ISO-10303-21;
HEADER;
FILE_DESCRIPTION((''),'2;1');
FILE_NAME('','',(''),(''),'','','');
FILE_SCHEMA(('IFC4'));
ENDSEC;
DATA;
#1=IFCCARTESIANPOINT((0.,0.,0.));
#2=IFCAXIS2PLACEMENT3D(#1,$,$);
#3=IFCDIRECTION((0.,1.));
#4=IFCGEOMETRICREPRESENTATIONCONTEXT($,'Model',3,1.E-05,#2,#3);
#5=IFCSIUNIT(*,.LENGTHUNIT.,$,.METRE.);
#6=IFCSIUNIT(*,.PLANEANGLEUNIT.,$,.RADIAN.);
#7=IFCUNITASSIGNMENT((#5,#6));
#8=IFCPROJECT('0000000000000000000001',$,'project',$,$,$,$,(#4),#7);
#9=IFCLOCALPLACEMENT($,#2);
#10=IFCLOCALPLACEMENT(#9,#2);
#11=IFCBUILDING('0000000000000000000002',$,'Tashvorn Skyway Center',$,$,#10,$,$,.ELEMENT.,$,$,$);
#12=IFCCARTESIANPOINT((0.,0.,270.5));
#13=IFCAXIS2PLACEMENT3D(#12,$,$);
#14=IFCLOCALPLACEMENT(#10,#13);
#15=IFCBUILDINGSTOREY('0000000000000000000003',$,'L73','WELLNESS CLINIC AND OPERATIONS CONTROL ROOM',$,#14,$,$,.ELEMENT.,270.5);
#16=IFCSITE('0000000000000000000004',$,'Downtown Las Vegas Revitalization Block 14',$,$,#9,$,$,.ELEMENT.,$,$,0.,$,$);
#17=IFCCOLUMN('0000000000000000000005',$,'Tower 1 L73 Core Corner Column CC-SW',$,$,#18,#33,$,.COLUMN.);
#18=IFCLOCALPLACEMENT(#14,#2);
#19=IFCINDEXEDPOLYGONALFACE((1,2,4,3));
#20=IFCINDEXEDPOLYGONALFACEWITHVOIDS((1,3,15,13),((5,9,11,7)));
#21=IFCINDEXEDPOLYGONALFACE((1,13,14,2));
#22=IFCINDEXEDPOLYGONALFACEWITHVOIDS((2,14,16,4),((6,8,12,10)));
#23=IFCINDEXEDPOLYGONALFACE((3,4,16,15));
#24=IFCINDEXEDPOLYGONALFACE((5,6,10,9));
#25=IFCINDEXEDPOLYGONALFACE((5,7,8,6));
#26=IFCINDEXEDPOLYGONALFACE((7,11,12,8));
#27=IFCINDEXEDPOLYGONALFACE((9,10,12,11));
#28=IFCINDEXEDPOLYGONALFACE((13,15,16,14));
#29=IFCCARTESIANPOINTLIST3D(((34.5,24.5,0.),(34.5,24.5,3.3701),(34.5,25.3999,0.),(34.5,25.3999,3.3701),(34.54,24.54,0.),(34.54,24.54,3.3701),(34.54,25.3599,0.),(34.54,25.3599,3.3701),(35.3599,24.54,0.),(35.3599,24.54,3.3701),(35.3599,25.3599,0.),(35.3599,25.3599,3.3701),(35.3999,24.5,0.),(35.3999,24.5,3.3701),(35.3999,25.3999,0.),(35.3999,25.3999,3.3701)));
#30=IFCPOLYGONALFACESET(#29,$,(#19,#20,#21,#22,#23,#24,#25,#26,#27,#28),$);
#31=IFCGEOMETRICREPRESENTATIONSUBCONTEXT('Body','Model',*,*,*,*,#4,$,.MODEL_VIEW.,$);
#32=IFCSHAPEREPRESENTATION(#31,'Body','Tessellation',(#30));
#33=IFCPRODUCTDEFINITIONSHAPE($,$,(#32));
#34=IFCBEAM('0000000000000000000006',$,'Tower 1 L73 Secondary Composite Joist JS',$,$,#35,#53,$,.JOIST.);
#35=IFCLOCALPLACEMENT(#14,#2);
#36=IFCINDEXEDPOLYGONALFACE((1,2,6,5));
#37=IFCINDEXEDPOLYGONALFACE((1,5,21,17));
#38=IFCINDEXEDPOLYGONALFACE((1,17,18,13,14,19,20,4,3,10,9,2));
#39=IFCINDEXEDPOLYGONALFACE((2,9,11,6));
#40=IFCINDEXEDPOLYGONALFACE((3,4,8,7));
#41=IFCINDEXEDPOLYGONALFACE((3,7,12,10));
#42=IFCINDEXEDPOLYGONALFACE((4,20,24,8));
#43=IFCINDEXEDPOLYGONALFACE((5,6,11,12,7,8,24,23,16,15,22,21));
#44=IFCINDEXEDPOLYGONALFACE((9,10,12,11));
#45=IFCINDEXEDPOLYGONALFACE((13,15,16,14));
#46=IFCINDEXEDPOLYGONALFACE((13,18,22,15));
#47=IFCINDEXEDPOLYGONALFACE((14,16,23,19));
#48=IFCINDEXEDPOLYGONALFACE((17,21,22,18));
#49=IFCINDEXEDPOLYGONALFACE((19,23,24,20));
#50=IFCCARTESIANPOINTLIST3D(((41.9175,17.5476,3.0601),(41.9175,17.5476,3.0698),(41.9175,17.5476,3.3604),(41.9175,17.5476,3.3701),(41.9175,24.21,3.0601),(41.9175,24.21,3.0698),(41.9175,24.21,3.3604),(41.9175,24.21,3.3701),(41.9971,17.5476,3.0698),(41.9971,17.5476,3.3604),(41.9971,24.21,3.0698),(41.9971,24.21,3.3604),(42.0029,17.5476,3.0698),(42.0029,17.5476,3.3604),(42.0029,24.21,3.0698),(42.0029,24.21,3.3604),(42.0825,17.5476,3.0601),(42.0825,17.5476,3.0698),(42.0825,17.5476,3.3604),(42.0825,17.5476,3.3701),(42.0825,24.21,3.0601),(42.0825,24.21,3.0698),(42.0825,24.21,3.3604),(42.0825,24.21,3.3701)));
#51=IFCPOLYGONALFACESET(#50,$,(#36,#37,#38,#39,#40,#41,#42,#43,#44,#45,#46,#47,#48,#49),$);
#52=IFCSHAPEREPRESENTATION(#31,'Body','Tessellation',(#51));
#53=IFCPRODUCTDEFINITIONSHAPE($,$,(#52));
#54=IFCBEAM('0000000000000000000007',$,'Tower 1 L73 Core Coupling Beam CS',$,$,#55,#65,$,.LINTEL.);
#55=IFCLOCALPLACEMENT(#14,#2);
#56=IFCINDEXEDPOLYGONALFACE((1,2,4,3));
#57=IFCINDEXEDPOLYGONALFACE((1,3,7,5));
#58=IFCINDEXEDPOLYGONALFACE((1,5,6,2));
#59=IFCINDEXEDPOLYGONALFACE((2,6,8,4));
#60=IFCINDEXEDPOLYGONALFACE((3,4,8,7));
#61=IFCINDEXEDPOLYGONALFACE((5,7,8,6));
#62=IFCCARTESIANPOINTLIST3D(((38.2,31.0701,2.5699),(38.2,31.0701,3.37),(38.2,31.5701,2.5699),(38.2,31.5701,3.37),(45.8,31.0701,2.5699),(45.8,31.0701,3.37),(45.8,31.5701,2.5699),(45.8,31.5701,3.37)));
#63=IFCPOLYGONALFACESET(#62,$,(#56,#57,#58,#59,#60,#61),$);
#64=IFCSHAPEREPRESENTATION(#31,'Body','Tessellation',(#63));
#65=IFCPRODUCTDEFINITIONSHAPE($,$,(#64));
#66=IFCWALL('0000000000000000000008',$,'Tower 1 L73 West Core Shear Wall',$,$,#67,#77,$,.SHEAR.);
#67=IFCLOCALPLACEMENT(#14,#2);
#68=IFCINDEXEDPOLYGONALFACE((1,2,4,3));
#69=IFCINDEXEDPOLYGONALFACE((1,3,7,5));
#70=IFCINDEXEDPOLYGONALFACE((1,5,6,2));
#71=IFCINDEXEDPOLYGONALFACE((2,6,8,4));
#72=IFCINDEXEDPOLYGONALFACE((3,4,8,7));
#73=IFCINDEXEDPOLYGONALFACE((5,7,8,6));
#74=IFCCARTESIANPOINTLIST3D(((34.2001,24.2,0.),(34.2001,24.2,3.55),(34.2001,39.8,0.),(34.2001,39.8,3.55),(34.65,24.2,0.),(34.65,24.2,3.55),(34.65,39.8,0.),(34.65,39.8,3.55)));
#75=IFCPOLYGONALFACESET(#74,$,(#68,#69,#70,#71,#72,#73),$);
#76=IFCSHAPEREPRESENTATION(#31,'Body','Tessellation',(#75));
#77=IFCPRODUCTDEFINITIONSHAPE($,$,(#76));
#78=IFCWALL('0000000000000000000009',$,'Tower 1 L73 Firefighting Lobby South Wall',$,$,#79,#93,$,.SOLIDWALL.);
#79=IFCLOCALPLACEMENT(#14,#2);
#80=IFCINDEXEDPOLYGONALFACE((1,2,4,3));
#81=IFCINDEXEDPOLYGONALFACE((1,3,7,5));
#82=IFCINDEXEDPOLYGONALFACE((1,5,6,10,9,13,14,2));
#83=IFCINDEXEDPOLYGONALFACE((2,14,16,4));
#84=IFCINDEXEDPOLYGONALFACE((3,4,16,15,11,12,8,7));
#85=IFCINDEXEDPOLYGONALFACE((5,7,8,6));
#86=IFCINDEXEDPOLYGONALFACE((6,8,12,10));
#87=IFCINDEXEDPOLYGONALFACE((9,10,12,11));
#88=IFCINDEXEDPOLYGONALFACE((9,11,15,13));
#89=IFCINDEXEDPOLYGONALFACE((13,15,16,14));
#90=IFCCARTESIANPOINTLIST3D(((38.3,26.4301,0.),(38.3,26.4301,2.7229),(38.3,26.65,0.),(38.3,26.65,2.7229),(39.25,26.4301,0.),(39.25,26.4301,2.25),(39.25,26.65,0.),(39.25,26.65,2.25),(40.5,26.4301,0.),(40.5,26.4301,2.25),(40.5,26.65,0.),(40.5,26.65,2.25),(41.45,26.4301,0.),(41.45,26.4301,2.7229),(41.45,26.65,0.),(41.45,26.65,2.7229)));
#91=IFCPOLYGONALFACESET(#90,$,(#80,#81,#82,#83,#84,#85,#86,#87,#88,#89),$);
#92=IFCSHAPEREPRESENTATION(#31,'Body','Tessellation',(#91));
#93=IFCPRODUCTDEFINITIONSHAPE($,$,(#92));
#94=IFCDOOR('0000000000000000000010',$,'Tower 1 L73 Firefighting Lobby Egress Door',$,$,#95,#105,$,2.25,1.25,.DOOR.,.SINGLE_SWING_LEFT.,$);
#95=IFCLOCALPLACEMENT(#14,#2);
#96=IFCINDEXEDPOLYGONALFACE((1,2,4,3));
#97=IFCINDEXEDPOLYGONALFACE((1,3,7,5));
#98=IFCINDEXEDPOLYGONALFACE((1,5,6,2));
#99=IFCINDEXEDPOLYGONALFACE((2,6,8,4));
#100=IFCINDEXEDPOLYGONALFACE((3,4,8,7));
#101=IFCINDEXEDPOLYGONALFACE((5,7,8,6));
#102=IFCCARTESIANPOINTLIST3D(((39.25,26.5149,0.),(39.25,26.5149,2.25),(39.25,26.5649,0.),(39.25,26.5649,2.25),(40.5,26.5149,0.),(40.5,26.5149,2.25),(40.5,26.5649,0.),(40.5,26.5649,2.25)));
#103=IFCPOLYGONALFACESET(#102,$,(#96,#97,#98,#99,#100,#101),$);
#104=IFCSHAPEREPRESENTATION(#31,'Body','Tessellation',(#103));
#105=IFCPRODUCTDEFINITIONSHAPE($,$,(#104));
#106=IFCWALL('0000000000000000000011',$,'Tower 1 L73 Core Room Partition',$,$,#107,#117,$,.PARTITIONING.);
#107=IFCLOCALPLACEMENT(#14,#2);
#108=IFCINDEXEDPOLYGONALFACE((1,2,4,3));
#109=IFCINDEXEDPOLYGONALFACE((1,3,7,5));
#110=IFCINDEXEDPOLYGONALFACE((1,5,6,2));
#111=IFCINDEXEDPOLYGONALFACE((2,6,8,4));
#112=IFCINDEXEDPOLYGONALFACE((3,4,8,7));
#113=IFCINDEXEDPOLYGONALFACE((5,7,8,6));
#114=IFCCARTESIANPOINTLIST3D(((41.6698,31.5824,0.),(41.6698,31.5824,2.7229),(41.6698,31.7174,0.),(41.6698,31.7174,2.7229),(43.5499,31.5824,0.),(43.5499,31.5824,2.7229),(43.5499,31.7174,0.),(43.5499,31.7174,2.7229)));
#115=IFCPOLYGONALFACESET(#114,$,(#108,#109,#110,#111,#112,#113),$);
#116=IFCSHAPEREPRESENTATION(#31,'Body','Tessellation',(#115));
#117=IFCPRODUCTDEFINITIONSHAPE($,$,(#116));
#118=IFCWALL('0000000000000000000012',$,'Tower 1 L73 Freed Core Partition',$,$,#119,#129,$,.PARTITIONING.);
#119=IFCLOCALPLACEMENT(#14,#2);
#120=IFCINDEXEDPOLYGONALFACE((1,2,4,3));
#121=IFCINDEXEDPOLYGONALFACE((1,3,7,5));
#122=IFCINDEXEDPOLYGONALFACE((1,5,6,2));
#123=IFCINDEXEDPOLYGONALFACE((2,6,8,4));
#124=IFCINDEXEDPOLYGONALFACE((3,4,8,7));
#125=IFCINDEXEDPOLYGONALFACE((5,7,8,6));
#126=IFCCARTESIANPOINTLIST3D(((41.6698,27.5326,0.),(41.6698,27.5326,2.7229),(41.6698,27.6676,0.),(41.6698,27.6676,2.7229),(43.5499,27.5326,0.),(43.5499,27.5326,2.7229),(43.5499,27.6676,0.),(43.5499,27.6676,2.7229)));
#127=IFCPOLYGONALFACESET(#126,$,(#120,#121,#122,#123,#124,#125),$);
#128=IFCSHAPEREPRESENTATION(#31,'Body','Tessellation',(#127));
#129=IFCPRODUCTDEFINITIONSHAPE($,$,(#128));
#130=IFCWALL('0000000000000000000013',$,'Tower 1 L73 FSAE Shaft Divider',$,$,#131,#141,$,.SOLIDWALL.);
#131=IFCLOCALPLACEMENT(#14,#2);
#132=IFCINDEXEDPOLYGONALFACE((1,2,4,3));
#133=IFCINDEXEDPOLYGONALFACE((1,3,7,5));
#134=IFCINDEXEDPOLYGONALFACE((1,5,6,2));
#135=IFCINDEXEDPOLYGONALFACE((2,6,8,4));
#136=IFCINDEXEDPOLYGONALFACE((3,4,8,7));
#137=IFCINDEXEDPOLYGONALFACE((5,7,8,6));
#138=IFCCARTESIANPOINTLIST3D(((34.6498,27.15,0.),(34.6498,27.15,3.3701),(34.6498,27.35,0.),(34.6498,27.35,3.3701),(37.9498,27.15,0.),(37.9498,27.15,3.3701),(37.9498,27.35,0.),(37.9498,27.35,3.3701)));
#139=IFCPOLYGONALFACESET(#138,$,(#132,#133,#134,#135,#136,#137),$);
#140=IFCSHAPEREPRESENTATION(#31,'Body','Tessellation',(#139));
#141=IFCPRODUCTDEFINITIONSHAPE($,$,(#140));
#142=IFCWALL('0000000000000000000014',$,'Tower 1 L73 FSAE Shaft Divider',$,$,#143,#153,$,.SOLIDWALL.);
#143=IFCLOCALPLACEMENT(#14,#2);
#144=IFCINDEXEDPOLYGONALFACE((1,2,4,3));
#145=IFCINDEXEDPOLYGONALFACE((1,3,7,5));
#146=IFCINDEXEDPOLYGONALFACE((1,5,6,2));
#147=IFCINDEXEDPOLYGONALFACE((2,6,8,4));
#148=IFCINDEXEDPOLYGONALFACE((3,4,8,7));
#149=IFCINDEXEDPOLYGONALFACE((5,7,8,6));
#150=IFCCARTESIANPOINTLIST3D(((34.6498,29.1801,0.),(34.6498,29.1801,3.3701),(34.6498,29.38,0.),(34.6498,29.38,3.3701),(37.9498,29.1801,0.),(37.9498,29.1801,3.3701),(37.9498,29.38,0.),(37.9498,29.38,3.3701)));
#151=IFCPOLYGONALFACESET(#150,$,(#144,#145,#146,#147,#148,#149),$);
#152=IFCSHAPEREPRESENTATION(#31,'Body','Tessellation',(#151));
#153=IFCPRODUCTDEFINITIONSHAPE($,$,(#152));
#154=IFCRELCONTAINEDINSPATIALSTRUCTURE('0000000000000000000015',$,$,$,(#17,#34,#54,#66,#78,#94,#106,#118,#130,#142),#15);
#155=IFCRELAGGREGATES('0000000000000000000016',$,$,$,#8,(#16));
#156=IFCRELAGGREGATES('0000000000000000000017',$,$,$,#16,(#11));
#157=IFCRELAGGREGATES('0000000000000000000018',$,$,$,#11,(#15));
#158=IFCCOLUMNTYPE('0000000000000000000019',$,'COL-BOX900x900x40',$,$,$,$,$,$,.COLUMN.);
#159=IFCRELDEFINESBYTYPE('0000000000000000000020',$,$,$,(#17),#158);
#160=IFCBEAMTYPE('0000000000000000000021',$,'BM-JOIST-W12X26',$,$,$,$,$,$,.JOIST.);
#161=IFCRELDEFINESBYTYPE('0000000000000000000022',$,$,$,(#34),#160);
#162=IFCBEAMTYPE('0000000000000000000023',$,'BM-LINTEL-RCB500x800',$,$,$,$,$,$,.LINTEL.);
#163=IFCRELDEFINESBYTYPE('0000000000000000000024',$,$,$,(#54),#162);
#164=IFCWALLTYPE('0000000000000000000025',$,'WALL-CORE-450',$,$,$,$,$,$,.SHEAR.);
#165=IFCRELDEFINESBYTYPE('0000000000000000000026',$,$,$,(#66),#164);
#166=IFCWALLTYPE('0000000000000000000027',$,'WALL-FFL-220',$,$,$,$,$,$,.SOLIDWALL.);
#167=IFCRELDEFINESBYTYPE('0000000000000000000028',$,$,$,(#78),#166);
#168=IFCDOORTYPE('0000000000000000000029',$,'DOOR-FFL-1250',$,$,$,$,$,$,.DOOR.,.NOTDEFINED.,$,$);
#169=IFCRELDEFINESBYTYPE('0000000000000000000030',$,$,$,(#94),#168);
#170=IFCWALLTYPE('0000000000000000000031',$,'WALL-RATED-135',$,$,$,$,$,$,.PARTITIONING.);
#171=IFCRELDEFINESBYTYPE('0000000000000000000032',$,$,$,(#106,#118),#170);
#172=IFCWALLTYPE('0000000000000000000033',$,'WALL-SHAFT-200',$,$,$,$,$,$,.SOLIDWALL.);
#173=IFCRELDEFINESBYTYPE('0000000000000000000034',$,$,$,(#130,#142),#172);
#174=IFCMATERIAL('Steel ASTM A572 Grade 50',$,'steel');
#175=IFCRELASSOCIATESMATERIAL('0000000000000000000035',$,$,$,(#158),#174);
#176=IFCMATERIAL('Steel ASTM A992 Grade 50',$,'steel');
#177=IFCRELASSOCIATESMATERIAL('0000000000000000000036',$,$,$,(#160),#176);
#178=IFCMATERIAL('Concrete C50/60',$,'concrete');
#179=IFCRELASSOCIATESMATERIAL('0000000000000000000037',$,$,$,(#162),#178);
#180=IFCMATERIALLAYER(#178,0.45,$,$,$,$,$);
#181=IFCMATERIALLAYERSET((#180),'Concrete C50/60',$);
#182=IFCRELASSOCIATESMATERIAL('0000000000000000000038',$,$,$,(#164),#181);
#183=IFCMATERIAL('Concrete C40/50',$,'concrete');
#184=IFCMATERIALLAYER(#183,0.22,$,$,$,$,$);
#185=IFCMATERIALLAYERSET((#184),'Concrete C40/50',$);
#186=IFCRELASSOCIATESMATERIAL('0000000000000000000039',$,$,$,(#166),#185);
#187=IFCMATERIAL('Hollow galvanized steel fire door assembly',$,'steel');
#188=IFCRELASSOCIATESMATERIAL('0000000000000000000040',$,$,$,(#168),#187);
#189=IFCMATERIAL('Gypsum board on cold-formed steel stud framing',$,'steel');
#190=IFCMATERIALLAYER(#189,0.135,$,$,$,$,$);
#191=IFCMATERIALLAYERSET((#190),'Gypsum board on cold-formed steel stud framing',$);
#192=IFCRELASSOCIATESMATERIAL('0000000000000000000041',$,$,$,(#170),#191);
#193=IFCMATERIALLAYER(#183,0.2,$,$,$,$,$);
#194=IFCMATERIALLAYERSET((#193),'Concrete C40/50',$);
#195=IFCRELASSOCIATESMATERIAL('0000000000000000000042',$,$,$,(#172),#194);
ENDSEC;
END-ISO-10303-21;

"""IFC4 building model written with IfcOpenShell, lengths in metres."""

from ifc_helpers import new_model, si_unit, direction, frame, frame_2d, origin, origin_2d, place, context, subcontext, project, spatial, rectangle, hollow_rectangle, i_section, extrude, material, layer, layer_set, material_profile, profile_set, type_object, element, fill, save


model = new_model("IFC4")

# Units and contexts
model_context = context("Model", 3, precision=1e-05, world=origin(), true_north=direction((0.0, 1.0)))
body_context = subcontext(model_context, "Body", "Model", "MODEL_VIEW")
ifc_project = project(units=[si_unit("LENGTHUNIT", "METRE"), si_unit("PLANEANGLEUNIT", "RADIAN")], contexts=[model_context])

# Site, building, storey
site_placement = place(None, origin())
site = spatial("IfcSite", under=ifc_project, at=site_placement, Name="Downtown Las Vegas Revitalization Block 14", CompositionType="ELEMENT", RefElevation=0.0)
building_placement = place(site_placement, origin())
building = spatial("IfcBuilding", under=site, at=building_placement, Name="Tashvorn Skyway Center", CompositionType="ELEMENT")
storey_placement = place(building_placement, frame((0.0, 0.0, 270.5)))
storey = spatial("IfcBuildingStorey", under=building, at=storey_placement, Name="L73", Description="WELLNESS CLINIC AND OPERATIONS CONTROL ROOM", CompositionType="ELEMENT", Elevation=270.5)

# Column
ifc_material_1 = material(Name="Steel ASTM A572 Grade 50", Category="steel")
ifc_material_profile_1 = material_profile(ifc_material_1, hollow_rectangle(XDim=0.8999, YDim=0.8999, WallThickness=0.04, at=origin_2d()), Name="BOX900x900x40")
ifc_profile_set_1 = profile_set([ifc_material_profile_1], Name="Steel ASTM A572 Grade 50")
column_type = type_object("IfcColumnType", Name="COL-BOX900x900x40", PredefinedType="COLUMN", material=ifc_profile_set_1)
column_placement = place(storey_placement, frame((34.95, 24.95, 0.0), z_axis=(0.0, 0.0, 1.0), x_axis=(1.0, 0.0, 0.0)))
element("IfcColumn", 1, at=column_placement, inside=storey, type_object=column_type, Name="Tower 1 L73 Core Corner Column CC-SW", PredefinedType="COLUMN", context=body_context, shape_type="SweptSolid", body=[
    extrude(hollow_rectangle(XDim=0.8999, YDim=0.8999, WallThickness=0.04, at=origin_2d()), origin(), (0.0, 0.0, 1.0), 3.3701),
])

# Beams
ifc_material_2 = material(Name="Steel ASTM A992 Grade 50", Category="steel")
ifc_material_profile_2 = material_profile(ifc_material_2, i_section(OverallWidth=0.165, OverallDepth=0.3101, WebThickness=0.0059, FlangeThickness=0.0098, at=origin_2d()), Name="W12X26")
ifc_profile_set_2 = profile_set([ifc_material_profile_2], Name="Steel ASTM A992 Grade 50")
beam_type_1 = type_object("IfcBeamType", Name="BM-JOIST-W12X26", PredefinedType="JOIST", material=ifc_profile_set_2)
beam_1_placement = place(storey_placement, frame((42.0, 24.21, 3.2151), z_axis=(0.0, -1.0, 0.0), x_axis=(1.0, 0.0, 0.0)))
element("IfcBeam", 2, at=beam_1_placement, inside=storey, type_object=beam_type_1, Name="Tower 1 L73 Secondary Composite Joist JS", PredefinedType="JOIST", context=body_context, shape_type="SweptSolid", body=[
    extrude(i_section(OverallWidth=0.165, OverallDepth=0.3101, WebThickness=0.0059, FlangeThickness=0.0098, at=origin_2d()), origin(), (0.0, 0.0, 1.0), 6.6624),
])
ifc_material_3 = material(Name="Concrete C50/60", Category="concrete")
ifc_material_profile_3 = material_profile(ifc_material_3, rectangle(XDim=0.5, YDim=0.8, at=origin_2d()), Name="RCB500x800")
ifc_profile_set_3 = profile_set([ifc_material_profile_3], Name="Concrete C50/60")
beam_type_2 = type_object("IfcBeamType", Name="BM-LINTEL-RCB500x800", PredefinedType="LINTEL", material=ifc_profile_set_3)
beam_2_placement = place(storey_placement, frame((38.2, 31.3201, 2.97), z_axis=(1.0, 0.0, 0.0), x_axis=(0.0, 1.0, 0.0)))
element("IfcBeam", 3, at=beam_2_placement, inside=storey, type_object=beam_type_2, Name="Tower 1 L73 Core Coupling Beam CS", PredefinedType="LINTEL", context=body_context, shape_type="SweptSolid", body=[
    extrude(rectangle(XDim=0.5, YDim=0.8, at=origin_2d()), origin(), (0.0, 0.0, 1.0), 7.6001),
])

# Wall
ifc_layer_1 = layer(ifc_material_3, 0.45)
ifc_layer_set_1 = layer_set([ifc_layer_1], Name="Concrete C50/60")
wall_type_1 = type_object("IfcWallType", Name="WALL-CORE-450", PredefinedType="SHEAR", material=ifc_layer_set_1)
wall_1_placement = place(storey_placement, frame((34.425, 24.2, 0.0), z_axis=(0.0, 0.0, 1.0), x_axis=(0.0, 1.0, 0.0)))
element("IfcWall", 4, at=wall_1_placement, inside=storey, type_object=wall_type_1, Name="Tower 1 L73 West Core Shear Wall", PredefinedType="SHEAR", context=body_context, shape_type="SweptSolid", body=[
    extrude(rectangle(XDim=15.6001, YDim=0.45, at=frame_2d((7.8, 0.0))), origin(), (0.0, 0.0, 1.0), 3.55),
])

# Wall, opening, door
ifc_material_4 = material(Name="Concrete C40/50", Category="concrete")
ifc_layer_2 = layer(ifc_material_4, 0.22)
ifc_layer_set_2 = layer_set([ifc_layer_2], Name="Concrete C40/50")
wall_type_2 = type_object("IfcWallType", Name="WALL-FFL-220", PredefinedType="SOLIDWALL", material=ifc_layer_set_2)
wall_2_placement = place(storey_placement, frame((38.3, 26.54, 0.0), z_axis=(0.0, 0.0, 1.0), x_axis=(1.0, 0.0, 0.0)))
wall_2 = element("IfcWall", 5, at=wall_2_placement, inside=storey, type_object=wall_type_2, Name="Tower 1 L73 Firefighting Lobby South Wall", PredefinedType="SOLIDWALL", context=body_context, shape_type="SweptSolid", body=[
    extrude(rectangle(XDim=3.1499, YDim=0.22, at=frame_2d((1.575, 0.0))), origin(), (0.0, 0.0, 1.0), 2.7229),
])
opening_1_placement = place(wall_2_placement, frame((0.95, 0.0, 0.0)))
opening_1 = element("IfcOpeningElement", 6, at=opening_1_placement, cuts=wall_2, PredefinedType="OPENING", context=body_context, shape_type="SweptSolid", body=[
    extrude(rectangle(XDim=1.25, YDim=2.25, at=frame_2d((0.625, 1.125))), frame((0.0, 0.1199, 0.0), z_axis=(0.0, -1.0, 0.0), x_axis=(1.0, 0.0, 0.0)), (0.0, 0.0, 1.0), 0.24),
])
ifc_material_5 = material(Name="Hollow galvanized steel fire door assembly", Category="steel")
door_type_1 = type_object("IfcDoorType", Name="DOOR-FFL-1250", OperationType="NOTDEFINED", PredefinedType="DOOR", material=ifc_material_5)
door_1_placement = place(opening_1_placement, origin())
door_1 = element("IfcDoor", 7, at=door_1_placement, inside=storey, type_object=door_type_1, Name="Tower 1 L73 Firefighting Lobby Egress Door", OperationType="SINGLE_SWING_LEFT", OverallHeight=2.25, OverallWidth=1.25, PredefinedType="DOOR", context=body_context, shape_type="SweptSolid", body=[
    extrude(rectangle(XDim=1.25, YDim=2.25, at=frame_2d((0.625, 1.125))), frame((0.0, 0.0249, 0.0), z_axis=(0.0, -1.0, 0.0), x_axis=(1.0, 0.0, 0.0)), (0.0, 0.0, 1.0), 0.05),
])
fill(opening_1, door_1)

# Walls
ifc_material_6 = material(Name="Gypsum board on cold-formed steel stud framing", Category="steel")
ifc_layer_3 = layer(ifc_material_6, 0.135)
ifc_layer_set_3 = layer_set([ifc_layer_3], Name="Gypsum board on cold-formed steel stud framing")
wall_type_3 = type_object("IfcWallType", Name="WALL-RATED-135", PredefinedType="PARTITIONING", material=ifc_layer_set_3)
for number, where, z_axis, x_axis, name in (
    (8, (41.6699, 31.6499, 0.0), (0.0, 0.0, 1.0), (1.0, 0.0, 0.0), "Tower 1 L73 Core Room Partition"),
    (9, (41.6699, 27.6001, 0.0), (0.0, 0.0, 1.0), (1.0, 0.0, 0.0), "Tower 1 L73 Freed Core Partition"),
):
    element("IfcWall", number, at=place(storey_placement, frame(where, z_axis=z_axis, x_axis=x_axis)), inside=storey, type_object=wall_type_3, Name=name, PredefinedType="PARTITIONING", context=body_context, shape_type="SweptSolid", body=[
        extrude(rectangle(XDim=1.8801, YDim=0.135, at=frame_2d((0.9399, 0.0))), origin(), (0.0, 0.0, 1.0), 2.7229),
    ])
ifc_layer_4 = layer(ifc_material_4, 0.2)
ifc_layer_set_4 = layer_set([ifc_layer_4], Name="Concrete C40/50")
wall_type_4 = type_object("IfcWallType", Name="WALL-SHAFT-200", PredefinedType="SOLIDWALL", material=ifc_layer_set_4)
for number, where, z_axis, x_axis, name in (
    (10, (34.6499, 27.25, 0.0), (0.0, 0.0, 1.0), (1.0, 0.0, 0.0), "Tower 1 L73 FSAE Shaft Divider"),
    (11, (34.6499, 29.28, 0.0), (0.0, 0.0, 1.0), (1.0, 0.0, 0.0), "Tower 1 L73 FSAE Shaft Divider"),
):
    element("IfcWall", number, at=place(storey_placement, frame(where, z_axis=z_axis, x_axis=x_axis)), inside=storey, type_object=wall_type_4, Name=name, PredefinedType="SOLIDWALL", context=body_context, shape_type="SweptSolid", body=[
        extrude(rectangle(XDim=3.3, YDim=0.2, at=frame_2d((1.6499, 0.0))), origin(), (0.0, 0.0, 1.0), 3.3701),
    ])

save(model, "model.ifc")
